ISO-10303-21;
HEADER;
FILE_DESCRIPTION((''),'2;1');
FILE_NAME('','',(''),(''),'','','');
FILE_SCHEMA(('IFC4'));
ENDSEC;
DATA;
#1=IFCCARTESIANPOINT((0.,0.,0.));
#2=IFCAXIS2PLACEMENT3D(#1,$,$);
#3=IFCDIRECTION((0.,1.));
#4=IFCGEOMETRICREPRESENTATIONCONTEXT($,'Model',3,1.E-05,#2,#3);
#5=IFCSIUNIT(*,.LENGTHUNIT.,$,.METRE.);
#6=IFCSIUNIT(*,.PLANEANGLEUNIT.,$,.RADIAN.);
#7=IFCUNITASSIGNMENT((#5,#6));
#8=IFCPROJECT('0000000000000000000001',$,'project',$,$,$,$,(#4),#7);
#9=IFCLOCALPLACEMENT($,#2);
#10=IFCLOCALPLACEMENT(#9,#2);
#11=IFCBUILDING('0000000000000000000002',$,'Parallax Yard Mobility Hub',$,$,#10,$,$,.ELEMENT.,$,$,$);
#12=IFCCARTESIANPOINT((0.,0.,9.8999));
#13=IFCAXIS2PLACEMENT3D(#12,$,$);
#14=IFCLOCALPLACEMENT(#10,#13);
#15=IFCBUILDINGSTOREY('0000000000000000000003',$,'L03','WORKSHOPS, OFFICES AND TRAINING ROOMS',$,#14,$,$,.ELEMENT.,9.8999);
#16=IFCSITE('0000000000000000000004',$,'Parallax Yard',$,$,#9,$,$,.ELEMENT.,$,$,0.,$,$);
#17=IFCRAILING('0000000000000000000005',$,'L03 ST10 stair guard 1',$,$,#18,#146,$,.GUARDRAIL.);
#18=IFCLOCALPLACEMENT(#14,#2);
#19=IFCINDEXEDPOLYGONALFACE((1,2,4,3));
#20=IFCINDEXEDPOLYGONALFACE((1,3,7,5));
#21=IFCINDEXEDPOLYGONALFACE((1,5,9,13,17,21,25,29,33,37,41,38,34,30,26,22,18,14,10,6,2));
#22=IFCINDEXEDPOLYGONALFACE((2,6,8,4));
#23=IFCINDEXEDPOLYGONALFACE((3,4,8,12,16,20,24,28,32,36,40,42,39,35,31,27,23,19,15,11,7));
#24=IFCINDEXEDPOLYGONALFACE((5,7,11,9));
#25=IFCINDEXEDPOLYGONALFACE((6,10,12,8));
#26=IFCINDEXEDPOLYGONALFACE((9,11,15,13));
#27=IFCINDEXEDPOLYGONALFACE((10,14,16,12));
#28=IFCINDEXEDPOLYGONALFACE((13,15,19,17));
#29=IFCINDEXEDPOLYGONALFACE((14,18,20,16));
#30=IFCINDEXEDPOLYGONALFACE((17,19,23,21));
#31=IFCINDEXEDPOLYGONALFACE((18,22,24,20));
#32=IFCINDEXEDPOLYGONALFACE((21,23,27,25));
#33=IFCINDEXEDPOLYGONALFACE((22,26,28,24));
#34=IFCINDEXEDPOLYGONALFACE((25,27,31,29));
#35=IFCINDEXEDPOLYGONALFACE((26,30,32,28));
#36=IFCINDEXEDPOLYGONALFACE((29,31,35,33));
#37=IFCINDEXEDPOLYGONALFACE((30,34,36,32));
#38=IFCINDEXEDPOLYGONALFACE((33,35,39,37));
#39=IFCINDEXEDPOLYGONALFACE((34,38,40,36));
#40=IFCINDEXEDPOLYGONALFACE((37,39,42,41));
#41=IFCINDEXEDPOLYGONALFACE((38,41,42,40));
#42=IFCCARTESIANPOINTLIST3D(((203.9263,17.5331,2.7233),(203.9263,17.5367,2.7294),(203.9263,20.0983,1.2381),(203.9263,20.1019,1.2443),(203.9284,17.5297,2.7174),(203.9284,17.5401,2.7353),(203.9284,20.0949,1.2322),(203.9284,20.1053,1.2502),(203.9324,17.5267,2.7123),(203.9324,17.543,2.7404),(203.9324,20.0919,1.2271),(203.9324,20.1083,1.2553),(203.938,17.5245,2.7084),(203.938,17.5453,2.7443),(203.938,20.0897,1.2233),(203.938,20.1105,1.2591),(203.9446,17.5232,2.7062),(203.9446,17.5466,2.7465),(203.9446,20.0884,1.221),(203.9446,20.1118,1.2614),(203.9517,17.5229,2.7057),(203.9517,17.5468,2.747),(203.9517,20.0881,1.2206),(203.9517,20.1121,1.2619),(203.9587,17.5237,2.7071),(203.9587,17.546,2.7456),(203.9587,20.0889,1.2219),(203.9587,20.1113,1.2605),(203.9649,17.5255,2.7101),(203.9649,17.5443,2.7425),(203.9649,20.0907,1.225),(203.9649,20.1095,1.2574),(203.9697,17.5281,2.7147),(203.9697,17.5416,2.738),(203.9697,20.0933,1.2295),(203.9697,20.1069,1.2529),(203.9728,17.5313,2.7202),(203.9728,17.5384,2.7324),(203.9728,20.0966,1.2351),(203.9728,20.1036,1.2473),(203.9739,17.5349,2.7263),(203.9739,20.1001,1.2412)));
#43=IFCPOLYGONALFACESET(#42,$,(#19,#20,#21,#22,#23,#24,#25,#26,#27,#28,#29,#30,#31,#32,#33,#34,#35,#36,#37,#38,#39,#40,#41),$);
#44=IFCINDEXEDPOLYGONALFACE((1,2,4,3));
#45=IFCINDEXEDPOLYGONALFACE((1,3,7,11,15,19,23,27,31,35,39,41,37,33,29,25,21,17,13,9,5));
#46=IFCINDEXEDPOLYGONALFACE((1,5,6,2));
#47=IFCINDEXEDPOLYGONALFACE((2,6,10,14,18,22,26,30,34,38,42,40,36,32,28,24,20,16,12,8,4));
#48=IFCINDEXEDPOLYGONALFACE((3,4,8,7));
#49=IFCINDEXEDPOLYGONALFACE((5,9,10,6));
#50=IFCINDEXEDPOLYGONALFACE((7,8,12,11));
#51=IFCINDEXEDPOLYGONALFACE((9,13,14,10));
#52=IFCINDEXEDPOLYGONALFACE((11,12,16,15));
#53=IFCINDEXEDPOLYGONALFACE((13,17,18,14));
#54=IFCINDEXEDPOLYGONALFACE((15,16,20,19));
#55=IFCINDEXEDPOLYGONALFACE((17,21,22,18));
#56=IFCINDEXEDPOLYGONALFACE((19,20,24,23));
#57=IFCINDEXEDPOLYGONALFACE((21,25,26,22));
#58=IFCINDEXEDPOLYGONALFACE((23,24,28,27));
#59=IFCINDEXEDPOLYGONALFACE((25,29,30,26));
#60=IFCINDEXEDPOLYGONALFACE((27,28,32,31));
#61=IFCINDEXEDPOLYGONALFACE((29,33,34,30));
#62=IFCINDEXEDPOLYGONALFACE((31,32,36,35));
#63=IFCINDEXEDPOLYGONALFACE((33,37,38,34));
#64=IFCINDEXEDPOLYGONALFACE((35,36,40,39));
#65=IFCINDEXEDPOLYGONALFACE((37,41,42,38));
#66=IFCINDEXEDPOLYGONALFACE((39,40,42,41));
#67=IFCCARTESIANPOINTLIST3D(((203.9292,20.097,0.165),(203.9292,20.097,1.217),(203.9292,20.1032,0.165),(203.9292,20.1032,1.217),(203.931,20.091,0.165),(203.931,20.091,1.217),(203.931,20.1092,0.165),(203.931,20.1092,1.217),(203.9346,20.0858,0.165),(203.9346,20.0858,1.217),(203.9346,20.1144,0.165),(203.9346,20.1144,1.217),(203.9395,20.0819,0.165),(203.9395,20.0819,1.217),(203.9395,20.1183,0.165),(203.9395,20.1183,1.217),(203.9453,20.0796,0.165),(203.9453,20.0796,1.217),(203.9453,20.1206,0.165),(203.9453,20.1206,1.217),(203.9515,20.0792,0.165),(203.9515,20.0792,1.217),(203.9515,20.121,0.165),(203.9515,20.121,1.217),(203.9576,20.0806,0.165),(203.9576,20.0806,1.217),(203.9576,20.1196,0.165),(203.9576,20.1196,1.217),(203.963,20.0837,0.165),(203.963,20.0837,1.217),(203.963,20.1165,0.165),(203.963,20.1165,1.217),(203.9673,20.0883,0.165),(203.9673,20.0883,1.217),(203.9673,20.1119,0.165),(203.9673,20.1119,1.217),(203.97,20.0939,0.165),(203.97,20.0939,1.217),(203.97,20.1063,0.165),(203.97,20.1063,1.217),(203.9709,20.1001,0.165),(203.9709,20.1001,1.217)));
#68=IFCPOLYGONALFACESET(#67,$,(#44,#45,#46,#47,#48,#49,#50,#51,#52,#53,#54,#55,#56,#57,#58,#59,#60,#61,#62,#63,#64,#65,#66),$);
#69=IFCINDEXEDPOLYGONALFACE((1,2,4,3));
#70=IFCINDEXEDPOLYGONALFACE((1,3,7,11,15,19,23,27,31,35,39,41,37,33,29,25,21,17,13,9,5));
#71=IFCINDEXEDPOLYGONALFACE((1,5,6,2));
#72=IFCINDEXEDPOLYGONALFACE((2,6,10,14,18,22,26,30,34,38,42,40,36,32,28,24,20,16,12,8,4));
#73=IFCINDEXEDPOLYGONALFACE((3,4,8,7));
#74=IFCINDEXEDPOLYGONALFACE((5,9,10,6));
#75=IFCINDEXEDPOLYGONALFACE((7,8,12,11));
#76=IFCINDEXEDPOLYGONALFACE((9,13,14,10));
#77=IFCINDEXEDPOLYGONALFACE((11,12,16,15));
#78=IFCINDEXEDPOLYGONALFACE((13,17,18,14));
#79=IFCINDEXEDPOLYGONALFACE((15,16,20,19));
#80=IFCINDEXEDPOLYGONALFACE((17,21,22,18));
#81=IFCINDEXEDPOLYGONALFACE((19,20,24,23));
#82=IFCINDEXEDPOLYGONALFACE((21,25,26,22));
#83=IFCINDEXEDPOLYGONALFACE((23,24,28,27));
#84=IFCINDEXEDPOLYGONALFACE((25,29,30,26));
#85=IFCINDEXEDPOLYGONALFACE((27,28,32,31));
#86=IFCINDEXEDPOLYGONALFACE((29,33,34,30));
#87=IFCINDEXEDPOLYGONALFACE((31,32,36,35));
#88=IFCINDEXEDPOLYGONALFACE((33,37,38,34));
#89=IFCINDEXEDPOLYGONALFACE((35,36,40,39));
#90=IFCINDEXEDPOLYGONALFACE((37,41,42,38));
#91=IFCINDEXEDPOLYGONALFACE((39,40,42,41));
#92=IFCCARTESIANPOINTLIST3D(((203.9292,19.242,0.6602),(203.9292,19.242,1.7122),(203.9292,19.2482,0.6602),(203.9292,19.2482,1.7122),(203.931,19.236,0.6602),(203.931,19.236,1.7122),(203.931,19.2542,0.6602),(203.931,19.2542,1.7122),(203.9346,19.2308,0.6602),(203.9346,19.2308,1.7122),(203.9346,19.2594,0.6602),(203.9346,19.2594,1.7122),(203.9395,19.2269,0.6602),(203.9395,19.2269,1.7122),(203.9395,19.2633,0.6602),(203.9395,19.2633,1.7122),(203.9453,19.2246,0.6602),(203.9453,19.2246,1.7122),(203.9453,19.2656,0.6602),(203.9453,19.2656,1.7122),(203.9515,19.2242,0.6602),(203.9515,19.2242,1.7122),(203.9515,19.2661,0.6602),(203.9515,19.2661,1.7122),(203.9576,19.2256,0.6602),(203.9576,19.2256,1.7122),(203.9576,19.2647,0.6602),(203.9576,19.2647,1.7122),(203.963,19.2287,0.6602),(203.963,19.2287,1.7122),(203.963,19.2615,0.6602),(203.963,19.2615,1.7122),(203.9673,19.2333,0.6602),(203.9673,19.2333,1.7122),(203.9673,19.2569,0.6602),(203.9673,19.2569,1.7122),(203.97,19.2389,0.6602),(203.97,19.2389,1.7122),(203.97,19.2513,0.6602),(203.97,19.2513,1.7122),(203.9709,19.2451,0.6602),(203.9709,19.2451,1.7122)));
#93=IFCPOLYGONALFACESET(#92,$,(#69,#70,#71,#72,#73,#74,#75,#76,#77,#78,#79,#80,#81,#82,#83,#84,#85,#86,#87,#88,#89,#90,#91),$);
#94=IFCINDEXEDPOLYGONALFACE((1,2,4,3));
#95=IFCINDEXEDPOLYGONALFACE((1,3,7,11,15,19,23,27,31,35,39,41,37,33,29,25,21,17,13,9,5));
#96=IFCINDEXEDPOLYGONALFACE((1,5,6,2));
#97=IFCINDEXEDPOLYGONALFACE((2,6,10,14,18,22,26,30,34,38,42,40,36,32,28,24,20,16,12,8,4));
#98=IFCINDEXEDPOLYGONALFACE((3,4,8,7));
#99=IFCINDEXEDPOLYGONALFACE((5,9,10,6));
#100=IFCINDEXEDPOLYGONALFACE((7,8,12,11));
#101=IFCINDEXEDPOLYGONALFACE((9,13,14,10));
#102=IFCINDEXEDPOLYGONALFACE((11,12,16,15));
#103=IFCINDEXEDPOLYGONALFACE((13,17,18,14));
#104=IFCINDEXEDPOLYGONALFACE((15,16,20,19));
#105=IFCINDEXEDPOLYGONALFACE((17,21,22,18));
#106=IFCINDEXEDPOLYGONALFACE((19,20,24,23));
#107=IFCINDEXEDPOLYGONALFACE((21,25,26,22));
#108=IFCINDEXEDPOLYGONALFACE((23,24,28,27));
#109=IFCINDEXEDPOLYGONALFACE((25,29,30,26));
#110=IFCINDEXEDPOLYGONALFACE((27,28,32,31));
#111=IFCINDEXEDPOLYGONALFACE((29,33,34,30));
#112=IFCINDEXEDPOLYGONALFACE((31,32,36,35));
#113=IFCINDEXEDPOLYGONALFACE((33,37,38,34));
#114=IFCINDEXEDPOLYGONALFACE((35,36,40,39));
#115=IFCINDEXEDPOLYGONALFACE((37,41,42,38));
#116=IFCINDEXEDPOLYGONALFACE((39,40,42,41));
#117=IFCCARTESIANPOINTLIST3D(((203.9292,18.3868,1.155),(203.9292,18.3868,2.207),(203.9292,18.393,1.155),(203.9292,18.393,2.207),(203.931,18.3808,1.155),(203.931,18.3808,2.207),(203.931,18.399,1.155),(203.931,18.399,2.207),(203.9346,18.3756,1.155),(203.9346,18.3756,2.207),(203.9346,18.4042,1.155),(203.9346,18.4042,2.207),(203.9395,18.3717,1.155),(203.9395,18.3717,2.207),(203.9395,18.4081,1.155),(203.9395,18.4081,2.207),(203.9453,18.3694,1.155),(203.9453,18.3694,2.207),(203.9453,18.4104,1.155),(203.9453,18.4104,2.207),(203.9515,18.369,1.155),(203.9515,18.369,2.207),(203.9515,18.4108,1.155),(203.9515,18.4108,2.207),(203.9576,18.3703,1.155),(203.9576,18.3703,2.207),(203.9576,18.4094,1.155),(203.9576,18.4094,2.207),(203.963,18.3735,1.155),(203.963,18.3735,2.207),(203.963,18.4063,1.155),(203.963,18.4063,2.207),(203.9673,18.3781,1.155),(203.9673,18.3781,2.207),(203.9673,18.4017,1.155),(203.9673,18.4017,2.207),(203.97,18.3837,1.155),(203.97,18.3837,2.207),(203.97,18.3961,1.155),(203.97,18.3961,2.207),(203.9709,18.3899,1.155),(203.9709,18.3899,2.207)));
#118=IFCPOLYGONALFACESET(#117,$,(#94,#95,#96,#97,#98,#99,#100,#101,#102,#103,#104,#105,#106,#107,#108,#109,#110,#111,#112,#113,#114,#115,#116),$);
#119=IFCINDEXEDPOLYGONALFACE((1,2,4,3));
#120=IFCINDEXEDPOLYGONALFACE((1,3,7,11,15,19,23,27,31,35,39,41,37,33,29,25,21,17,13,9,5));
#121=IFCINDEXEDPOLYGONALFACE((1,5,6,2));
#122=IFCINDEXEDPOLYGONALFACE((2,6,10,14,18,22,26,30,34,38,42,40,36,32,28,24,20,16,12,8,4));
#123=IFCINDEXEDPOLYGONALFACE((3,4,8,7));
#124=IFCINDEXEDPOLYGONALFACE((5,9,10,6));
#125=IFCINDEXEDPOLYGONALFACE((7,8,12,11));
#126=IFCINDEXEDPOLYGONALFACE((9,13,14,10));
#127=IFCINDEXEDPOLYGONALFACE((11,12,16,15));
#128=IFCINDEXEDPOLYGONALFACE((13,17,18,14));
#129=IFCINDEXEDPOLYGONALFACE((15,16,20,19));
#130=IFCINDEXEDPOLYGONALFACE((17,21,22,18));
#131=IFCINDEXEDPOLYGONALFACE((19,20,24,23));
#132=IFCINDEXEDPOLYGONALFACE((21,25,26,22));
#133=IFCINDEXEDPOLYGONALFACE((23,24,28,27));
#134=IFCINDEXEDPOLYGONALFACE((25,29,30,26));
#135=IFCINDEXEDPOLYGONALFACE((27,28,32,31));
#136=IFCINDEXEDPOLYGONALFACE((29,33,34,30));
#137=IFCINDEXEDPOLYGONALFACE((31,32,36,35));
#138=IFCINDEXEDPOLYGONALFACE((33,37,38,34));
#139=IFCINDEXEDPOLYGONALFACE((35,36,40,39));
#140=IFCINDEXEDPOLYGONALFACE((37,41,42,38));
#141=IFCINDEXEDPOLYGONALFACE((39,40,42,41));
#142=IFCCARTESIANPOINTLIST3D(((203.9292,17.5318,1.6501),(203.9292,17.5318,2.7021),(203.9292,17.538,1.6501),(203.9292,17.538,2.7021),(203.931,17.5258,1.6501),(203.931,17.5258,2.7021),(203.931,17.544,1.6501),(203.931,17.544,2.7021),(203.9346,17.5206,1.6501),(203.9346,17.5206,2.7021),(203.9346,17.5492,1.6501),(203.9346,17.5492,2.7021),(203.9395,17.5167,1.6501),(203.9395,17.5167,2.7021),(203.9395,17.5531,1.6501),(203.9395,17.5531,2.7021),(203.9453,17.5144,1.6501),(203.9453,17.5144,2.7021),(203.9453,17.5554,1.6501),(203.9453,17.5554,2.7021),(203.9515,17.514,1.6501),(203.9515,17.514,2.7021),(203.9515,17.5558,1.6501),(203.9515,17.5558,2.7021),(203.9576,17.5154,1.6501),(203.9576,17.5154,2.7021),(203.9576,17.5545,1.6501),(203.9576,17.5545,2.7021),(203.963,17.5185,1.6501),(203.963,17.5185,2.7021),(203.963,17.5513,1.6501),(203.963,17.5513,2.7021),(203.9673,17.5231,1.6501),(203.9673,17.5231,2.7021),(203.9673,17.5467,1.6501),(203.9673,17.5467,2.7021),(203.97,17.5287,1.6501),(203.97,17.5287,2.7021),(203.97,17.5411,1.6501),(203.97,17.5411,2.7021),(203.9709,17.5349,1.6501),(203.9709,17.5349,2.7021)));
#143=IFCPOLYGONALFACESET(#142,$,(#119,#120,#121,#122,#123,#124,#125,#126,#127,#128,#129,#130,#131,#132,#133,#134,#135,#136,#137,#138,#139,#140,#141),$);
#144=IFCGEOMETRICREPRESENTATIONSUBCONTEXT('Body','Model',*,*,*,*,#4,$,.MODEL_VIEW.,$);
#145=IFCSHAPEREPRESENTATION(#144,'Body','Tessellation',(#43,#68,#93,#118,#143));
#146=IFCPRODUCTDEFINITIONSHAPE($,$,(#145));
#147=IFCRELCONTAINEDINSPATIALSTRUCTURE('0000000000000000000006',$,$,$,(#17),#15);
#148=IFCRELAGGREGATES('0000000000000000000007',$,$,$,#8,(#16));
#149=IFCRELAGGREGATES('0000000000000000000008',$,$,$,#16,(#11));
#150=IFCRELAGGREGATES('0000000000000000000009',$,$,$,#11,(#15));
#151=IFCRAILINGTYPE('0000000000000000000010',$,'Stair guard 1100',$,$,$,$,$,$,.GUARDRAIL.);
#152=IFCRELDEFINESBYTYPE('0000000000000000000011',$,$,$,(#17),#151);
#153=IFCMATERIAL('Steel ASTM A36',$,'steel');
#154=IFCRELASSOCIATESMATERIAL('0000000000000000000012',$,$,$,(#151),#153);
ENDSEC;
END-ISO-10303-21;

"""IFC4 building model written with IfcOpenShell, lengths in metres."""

from ifc_helpers import new_model, si_unit, direction, frame, origin, origin_2d, place, context, subcontext, project, spatial, circle, extrude, material, type_object, element, save


model = new_model("IFC4")

# Units and contexts
model_context = context("Model", 3, precision=1e-05, world=origin(), true_north=direction((0.0, 1.0)))
body_context = subcontext(model_context, "Body", "Model", "MODEL_VIEW")
ifc_project = project(units=[si_unit("LENGTHUNIT", "METRE"), si_unit("PLANEANGLEUNIT", "RADIAN")], contexts=[model_context])

# Site, building, storey
site_placement = place(None, origin())
site = spatial("IfcSite", under=ifc_project, at=site_placement, Name="Parallax Yard", CompositionType="ELEMENT", RefElevation=0.0)
building_placement = place(site_placement, origin())
building = spatial("IfcBuilding", under=site, at=building_placement, Name="Parallax Yard Mobility Hub", CompositionType="ELEMENT")
storey_placement = place(building_placement, frame((0.0, 0.0, 9.8999)))
storey = spatial("IfcBuildingStorey", under=building, at=storey_placement, Name="L03", Description="WORKSHOPS, OFFICES AND TRAINING ROOMS", CompositionType="ELEMENT", Elevation=9.8999)

# Railing
ifc_material_1 = material(Name="Steel ASTM A36", Category="steel")
railing_type_1 = type_object("IfcRailingType", Name="Stair guard 1100", PredefinedType="GUARDRAIL", material=ifc_material_1)
railing_1_placement = place(storey_placement, frame((203.95, 20.1001, 0.165)))
element("IfcRailing", 1, at=railing_1_placement, inside=storey, type_object=railing_type_1, Name="L03 ST10 stair guard 1", PredefinedType="GUARDRAIL", context=body_context, shape_type="SweptSolid", body=[
    extrude(circle(Radius=0.0239, at=origin_2d()), frame((0.0, 0.0, 1.0762), z_axis=(0.0, -0.865426, 0.501036), x_axis=(1.0, 0.0, 0.0)), (0.0, 0.0, 1.0), 2.9641),
    extrude(circle(Radius=0.021, at=origin_2d()), origin(), (0.0, 0.0, 1.0), 1.052),
    extrude(circle(Radius=0.021, at=origin_2d()), frame((0.0, -0.855, 0.4951)), (0.0, 0.0, 1.0), 1.052),
    extrude(circle(Radius=0.021, at=origin_2d()), frame((0.0, -1.7102, 0.99)), (0.0, 0.0, 1.0), 1.052),
    extrude(circle(Radius=0.021, at=origin_2d()), frame((0.0, -2.5652, 1.4851)), (0.0, 0.0, 1.0), 1.052),
])

save(model, "model.ifc")
